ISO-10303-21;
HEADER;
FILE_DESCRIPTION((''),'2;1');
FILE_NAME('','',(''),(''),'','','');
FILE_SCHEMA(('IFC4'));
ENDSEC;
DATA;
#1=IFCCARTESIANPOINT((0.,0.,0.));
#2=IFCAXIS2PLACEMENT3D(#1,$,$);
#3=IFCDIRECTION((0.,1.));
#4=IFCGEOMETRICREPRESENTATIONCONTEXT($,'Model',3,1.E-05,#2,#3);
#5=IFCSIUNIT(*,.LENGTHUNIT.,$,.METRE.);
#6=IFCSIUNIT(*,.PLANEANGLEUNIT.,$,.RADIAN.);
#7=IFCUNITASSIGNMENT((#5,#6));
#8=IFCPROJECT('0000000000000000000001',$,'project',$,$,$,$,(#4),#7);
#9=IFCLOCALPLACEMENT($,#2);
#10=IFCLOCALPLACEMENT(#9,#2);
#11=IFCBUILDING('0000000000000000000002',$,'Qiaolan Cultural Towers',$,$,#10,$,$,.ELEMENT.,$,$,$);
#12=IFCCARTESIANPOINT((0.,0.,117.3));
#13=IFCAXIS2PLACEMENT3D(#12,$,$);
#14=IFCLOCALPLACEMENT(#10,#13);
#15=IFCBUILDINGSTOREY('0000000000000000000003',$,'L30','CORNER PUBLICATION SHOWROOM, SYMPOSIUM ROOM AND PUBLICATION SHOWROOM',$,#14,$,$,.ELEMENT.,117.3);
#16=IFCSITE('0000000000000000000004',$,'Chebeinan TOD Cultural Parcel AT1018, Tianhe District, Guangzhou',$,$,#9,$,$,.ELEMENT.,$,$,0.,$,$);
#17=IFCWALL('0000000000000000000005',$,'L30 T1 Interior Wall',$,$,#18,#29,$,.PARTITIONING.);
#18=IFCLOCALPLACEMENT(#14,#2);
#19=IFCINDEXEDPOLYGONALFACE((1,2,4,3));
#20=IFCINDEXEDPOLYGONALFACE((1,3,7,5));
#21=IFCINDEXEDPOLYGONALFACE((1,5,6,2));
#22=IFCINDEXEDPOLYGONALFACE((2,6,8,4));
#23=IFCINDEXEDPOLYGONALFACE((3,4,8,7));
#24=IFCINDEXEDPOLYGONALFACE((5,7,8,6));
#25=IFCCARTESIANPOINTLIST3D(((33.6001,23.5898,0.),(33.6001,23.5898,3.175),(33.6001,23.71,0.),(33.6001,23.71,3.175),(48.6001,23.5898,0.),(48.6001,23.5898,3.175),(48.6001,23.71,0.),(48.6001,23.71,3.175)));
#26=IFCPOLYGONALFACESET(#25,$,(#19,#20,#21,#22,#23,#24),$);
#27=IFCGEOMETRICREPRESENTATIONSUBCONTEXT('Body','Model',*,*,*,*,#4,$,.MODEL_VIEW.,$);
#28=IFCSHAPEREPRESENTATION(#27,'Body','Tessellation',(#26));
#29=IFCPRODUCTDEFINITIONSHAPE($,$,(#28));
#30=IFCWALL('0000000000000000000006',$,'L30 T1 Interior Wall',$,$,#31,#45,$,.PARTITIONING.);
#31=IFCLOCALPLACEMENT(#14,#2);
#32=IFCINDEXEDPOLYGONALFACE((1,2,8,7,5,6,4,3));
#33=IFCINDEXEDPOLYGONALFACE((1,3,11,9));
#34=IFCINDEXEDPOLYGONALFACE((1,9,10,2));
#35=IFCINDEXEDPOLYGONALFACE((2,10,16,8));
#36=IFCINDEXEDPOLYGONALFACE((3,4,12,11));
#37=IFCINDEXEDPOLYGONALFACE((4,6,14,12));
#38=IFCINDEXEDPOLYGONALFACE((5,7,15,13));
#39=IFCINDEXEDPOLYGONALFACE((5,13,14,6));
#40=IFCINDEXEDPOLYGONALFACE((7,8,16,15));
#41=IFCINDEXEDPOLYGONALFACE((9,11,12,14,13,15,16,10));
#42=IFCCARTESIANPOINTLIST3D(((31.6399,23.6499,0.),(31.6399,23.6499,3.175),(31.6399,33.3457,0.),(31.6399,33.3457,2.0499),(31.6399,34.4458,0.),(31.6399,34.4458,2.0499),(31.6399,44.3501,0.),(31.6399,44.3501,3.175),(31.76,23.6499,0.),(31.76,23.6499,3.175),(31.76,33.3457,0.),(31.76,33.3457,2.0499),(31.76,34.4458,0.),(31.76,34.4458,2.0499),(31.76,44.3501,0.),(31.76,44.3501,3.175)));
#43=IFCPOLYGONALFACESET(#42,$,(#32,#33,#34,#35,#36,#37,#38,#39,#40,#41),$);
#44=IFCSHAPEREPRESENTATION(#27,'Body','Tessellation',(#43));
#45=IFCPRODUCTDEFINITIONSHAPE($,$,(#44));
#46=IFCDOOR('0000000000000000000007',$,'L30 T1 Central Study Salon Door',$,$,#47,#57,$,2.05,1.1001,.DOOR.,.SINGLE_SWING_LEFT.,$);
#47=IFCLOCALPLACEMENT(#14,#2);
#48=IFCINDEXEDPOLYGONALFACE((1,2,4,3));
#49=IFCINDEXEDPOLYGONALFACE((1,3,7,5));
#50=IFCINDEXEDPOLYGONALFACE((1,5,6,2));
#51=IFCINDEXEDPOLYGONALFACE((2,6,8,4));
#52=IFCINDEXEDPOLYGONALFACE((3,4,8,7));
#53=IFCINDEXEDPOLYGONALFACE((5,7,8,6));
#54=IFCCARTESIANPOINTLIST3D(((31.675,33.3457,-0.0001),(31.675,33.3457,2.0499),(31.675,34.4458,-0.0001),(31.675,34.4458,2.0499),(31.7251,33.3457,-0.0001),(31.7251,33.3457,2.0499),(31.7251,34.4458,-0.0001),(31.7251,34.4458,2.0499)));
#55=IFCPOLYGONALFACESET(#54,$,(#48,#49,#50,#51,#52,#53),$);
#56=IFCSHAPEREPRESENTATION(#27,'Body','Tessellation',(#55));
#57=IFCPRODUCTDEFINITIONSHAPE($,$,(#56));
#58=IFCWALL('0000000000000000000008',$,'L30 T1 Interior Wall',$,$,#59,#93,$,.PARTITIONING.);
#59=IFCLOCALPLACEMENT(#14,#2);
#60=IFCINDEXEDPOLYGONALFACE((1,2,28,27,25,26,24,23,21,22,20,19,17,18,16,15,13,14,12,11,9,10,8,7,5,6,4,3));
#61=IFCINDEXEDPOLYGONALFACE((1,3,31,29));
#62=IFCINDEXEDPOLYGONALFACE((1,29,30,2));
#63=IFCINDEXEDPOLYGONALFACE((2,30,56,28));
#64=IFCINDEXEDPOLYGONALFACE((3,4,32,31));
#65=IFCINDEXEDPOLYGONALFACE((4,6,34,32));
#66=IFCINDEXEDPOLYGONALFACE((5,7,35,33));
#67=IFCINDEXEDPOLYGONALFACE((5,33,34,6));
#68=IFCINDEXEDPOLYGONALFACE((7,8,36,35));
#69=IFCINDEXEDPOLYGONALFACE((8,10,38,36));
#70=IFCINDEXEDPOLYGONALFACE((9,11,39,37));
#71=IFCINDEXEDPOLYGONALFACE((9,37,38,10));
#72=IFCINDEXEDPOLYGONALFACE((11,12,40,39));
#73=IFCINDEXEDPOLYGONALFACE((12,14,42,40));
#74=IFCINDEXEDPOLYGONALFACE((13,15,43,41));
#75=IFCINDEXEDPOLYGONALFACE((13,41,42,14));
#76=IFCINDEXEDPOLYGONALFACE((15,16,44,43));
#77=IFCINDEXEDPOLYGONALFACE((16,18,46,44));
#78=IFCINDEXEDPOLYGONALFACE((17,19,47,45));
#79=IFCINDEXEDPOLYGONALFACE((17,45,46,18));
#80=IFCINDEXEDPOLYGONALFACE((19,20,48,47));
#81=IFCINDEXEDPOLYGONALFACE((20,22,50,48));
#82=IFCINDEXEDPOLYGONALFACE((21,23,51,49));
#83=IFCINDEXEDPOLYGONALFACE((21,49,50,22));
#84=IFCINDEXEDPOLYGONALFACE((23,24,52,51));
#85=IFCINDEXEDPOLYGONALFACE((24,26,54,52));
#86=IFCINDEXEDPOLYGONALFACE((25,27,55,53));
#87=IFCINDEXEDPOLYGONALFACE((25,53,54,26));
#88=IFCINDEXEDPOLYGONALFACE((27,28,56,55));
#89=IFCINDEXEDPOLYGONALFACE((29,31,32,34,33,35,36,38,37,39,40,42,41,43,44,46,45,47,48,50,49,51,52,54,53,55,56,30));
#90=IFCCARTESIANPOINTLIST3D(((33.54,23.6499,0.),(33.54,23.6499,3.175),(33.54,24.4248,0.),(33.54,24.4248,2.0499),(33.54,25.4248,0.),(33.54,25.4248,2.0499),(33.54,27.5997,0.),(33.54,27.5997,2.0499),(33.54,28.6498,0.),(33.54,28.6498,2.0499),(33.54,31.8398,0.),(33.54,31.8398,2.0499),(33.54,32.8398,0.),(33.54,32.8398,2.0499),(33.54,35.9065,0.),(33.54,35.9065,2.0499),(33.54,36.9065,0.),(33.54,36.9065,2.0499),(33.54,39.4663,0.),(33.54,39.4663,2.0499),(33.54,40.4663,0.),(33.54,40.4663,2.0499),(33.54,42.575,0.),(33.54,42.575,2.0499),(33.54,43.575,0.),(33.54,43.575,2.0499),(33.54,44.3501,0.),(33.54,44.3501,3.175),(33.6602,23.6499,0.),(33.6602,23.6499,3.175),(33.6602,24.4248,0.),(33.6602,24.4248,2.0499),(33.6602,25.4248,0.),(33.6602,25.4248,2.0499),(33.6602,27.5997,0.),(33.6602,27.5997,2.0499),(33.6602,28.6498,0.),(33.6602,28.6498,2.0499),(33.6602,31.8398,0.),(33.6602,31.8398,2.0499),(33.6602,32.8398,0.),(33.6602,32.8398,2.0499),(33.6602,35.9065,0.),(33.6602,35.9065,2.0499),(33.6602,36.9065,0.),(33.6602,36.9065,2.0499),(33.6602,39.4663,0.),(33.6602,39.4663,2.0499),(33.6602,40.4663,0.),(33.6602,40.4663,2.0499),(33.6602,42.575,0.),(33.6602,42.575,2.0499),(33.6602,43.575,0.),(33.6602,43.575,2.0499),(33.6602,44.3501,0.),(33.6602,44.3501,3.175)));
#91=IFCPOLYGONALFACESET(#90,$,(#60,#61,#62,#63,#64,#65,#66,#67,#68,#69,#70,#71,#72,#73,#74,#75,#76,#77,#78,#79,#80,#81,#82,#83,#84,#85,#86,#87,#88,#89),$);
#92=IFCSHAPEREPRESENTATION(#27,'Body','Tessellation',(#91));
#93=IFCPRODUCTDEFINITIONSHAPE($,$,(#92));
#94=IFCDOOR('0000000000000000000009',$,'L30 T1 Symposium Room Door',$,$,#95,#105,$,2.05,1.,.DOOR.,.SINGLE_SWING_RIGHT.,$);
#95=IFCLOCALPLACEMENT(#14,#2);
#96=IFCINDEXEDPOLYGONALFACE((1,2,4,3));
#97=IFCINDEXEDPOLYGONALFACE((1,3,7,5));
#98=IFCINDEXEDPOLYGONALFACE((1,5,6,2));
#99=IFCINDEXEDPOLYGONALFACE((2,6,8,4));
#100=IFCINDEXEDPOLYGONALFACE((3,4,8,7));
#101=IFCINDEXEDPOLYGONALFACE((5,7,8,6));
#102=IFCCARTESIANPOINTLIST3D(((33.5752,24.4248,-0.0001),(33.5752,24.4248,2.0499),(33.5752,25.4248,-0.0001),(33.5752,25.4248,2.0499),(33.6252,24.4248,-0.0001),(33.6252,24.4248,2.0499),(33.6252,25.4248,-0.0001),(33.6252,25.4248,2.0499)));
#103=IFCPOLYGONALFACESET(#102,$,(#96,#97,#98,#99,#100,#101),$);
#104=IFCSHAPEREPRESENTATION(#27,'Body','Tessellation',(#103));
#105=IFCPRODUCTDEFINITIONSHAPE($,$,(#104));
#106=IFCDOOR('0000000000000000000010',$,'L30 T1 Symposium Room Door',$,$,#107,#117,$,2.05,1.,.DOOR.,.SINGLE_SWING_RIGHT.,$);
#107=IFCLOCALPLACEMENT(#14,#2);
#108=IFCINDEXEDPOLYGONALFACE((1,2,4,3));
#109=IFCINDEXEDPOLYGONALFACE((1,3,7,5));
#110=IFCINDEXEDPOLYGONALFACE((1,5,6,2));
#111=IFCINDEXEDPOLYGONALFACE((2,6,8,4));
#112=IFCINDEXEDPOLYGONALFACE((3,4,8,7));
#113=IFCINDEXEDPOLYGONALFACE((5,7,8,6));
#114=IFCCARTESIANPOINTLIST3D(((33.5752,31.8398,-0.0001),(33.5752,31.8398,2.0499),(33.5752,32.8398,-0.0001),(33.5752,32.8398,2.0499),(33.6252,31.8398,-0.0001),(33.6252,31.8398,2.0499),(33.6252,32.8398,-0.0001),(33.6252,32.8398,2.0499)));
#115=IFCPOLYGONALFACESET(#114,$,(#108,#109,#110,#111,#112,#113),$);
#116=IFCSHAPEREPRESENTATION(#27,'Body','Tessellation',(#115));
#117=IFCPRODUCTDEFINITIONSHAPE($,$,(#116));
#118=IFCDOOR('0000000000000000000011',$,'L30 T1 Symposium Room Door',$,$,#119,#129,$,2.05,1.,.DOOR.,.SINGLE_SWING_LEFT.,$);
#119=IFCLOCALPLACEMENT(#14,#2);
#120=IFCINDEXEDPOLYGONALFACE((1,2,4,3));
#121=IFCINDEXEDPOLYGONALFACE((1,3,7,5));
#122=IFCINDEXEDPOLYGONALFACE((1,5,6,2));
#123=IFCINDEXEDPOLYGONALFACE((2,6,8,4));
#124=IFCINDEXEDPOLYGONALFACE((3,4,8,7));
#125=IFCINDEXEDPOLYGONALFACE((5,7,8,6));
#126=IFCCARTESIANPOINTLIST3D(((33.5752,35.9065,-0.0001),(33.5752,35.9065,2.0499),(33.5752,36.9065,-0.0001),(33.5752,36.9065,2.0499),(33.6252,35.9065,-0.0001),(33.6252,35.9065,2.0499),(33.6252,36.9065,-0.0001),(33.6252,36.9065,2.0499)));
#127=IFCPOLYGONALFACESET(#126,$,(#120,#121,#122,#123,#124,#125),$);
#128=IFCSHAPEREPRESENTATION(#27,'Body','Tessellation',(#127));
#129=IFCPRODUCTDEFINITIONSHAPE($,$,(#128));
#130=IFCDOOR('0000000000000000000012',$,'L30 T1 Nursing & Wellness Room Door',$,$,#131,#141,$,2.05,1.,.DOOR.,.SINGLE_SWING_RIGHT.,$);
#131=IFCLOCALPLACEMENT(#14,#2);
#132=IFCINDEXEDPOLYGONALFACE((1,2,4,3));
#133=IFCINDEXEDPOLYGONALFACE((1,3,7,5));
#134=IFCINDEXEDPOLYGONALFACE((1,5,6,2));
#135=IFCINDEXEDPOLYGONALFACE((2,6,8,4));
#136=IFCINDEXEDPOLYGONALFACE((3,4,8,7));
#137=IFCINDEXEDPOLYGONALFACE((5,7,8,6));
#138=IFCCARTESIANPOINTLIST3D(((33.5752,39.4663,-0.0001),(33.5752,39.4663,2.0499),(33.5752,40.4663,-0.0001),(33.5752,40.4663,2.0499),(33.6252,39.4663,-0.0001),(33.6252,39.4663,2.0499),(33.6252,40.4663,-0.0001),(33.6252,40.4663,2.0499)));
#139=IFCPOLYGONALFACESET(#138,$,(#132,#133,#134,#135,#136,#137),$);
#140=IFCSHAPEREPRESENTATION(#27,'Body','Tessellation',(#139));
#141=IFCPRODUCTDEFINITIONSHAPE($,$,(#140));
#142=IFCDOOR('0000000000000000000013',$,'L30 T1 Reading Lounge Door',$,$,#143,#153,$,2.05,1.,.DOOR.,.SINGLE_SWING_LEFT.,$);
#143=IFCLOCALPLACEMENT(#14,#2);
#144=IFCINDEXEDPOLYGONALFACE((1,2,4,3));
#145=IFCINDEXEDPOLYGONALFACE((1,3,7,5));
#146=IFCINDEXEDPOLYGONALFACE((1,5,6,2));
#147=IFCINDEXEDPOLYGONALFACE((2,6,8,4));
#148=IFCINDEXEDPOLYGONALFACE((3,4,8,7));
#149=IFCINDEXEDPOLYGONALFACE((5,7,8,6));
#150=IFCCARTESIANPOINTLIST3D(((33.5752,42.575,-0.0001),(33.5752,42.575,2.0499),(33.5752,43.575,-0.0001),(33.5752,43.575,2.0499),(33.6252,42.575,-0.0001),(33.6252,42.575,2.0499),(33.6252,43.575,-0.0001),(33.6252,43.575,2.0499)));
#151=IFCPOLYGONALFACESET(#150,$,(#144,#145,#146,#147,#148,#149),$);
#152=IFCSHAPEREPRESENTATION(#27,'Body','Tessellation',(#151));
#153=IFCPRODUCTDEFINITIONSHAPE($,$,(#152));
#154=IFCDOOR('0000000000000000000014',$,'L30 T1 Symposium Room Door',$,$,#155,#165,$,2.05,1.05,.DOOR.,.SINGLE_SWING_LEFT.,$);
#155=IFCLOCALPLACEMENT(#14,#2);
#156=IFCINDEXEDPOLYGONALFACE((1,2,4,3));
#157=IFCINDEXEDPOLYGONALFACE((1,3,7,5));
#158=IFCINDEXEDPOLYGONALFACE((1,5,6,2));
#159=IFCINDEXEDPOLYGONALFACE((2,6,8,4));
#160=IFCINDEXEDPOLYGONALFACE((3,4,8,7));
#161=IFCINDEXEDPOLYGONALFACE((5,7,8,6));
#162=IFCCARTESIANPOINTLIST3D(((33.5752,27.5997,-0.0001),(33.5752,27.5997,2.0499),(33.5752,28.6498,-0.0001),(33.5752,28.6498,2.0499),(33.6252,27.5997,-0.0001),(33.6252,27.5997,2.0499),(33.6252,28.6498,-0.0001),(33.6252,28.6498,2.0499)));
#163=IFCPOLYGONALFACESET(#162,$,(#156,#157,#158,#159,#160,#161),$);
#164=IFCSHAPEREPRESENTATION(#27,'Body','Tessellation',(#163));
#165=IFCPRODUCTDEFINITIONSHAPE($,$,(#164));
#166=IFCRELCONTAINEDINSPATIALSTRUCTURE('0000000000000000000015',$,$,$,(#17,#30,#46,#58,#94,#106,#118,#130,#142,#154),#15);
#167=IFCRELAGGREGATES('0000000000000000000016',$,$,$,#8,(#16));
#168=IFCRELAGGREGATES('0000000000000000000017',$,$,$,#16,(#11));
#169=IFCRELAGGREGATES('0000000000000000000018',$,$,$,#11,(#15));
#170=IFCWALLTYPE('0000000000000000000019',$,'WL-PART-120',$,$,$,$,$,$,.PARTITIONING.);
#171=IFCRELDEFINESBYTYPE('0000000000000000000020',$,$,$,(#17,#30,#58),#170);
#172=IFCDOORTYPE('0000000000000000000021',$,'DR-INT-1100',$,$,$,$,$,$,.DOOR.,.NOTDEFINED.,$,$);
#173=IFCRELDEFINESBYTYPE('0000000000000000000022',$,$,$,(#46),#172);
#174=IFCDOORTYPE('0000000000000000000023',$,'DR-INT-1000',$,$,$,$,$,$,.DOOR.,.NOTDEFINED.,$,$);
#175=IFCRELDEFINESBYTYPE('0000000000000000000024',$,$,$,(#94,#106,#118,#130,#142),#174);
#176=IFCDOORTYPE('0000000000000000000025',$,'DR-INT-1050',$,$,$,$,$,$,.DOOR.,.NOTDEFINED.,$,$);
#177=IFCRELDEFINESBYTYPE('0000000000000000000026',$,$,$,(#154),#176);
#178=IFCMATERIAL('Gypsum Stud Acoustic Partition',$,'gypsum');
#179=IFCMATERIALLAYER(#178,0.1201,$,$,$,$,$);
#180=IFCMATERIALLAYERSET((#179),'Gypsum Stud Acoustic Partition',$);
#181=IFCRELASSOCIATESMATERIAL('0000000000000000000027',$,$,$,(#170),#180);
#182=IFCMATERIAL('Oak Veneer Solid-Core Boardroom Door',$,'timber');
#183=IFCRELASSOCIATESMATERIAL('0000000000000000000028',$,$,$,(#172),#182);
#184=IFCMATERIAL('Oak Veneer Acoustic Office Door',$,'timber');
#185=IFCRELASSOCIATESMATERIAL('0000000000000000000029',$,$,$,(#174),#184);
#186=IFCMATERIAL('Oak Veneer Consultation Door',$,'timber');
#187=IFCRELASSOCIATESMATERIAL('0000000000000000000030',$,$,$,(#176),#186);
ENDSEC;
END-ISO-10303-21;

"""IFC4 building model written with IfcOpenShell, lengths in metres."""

from ifc_helpers import new_model, si_unit, direction, frame, frame_2d, origin, place, context, subcontext, project, spatial, rectangle, extrude, material, layer, layer_set, type_object, element, fill, save


model = new_model("IFC4")

# Units and contexts
model_context = context("Model", 3, precision=1e-05, world=origin(), true_north=direction((0.0, 1.0)))
body_context = subcontext(model_context, "Body", "Model", "MODEL_VIEW")
ifc_project = project(units=[si_unit("LENGTHUNIT", "METRE"), si_unit("PLANEANGLEUNIT", "RADIAN")], contexts=[model_context])

# Site, building, storey
site_placement = place(None, origin())
site = spatial("IfcSite", under=ifc_project, at=site_placement, Name="Chebeinan TOD Cultural Parcel AT1018, Tianhe District, Guangzhou", CompositionType="ELEMENT", RefElevation=0.0)
building_placement = place(site_placement, origin())
building = spatial("IfcBuilding", under=site, at=building_placement, Name="Qiaolan Cultural Towers", CompositionType="ELEMENT")
storey_placement = place(building_placement, frame((0.0, 0.0, 117.3)))
storey = spatial("IfcBuildingStorey", under=building, at=storey_placement, Name="L30", Description="CORNER PUBLICATION SHOWROOM, SYMPOSIUM ROOM AND PUBLICATION SHOWROOM", CompositionType="ELEMENT", Elevation=117.3)

# Wall
ifc_material_1 = material(Name="Gypsum Stud Acoustic Partition", Category="gypsum")
ifc_layer_1 = layer(ifc_material_1, 0.1201)
ifc_layer_set_1 = layer_set([ifc_layer_1], Name="Gypsum Stud Acoustic Partition")
wall_type_1 = type_object("IfcWallType", Name="WL-PART-120", PredefinedType="PARTITIONING", material=ifc_layer_set_1)
wall_1_placement = place(storey_placement, frame((33.6001, 23.6499, 0.0), z_axis=(0.0, 0.0, 1.0), x_axis=(1.0, 0.0, 0.0)))
element("IfcWall", 1, at=wall_1_placement, inside=storey, type_object=wall_type_1, Name="L30 T1 Interior Wall", PredefinedType="PARTITIONING", context=body_context, shape_type="SweptSolid", body=[
    extrude(rectangle(XDim=15.0, YDim=0.1201, at=frame_2d((7.5, 0.0))), origin(), (0.0, 0.0, 1.0), 3.175),
])

# Wall, opening, door
wall_2_placement = place(storey_placement, frame((31.7, 23.6499, 0.0), z_axis=(0.0, 0.0, 1.0), x_axis=(0.0, 1.0, 0.0)))
wall_2 = element("IfcWall", 2, at=wall_2_placement, inside=storey, type_object=wall_type_1, Name="L30 T1 Interior Wall", PredefinedType="PARTITIONING", context=body_context, shape_type="SweptSolid", body=[
    extrude(rectangle(XDim=20.7002, YDim=0.1201, at=frame_2d((10.3501, 0.0))), origin(), (0.0, 0.0, 1.0), 3.175),
])
opening_1_placement = place(wall_2_placement, frame((9.6958, 0.0, 0.0)))
opening_1 = element("IfcOpeningElement", 3, at=opening_1_placement, cuts=wall_2, PredefinedType="OPENING", context=body_context, shape_type="SweptSolid", body=[
    extrude(rectangle(XDim=1.1001, YDim=2.05, at=frame_2d((0.55, 1.0249))), frame((0.0, 0.0701, 0.0), z_axis=(0.0, -1.0, 0.0), x_axis=(1.0, 0.0, 0.0)), (0.0, 0.0, 1.0), 0.1401),
])
ifc_material_2 = material(Name="Oak Veneer Solid-Core Boardroom Door", Category="timber")
door_type_1 = type_object("IfcDoorType", Name="DR-INT-1100", OperationType="NOTDEFINED", PredefinedType="DOOR", material=ifc_material_2)
door_1_placement = place(opening_1_placement, origin())
door_1 = element("IfcDoor", 4, at=door_1_placement, inside=storey, type_object=door_type_1, Name="L30 T1 Central Study Salon Door", OperationType="SINGLE_SWING_LEFT", OverallHeight=2.05, OverallWidth=1.1001, PredefinedType="DOOR", context=body_context, shape_type="SweptSolid", body=[
    extrude(rectangle(XDim=1.1001, YDim=2.05, at=frame_2d((0.55, 1.0249))), frame((0.0, 0.0249, 0.0), z_axis=(0.0, -1.0, 0.0), x_axis=(1.0, 0.0, 0.0)), (0.0, 0.0, 1.0), 0.05),
])
fill(opening_1, door_1)

# Wall, openings, doors
wall_3_placement = place(storey_placement, frame((33.6001, 23.6499, 0.0), z_axis=(0.0, 0.0, 1.0), x_axis=(0.0, 1.0, 0.0)))
wall_3 = element("IfcWall", 5, at=wall_3_placement, inside=storey, type_object=wall_type_1, Name="L30 T1 Interior Wall", PredefinedType="PARTITIONING", context=body_context, shape_type="SweptSolid", body=[
    extrude(rectangle(XDim=20.7002, YDim=0.1201, at=frame_2d((10.3501, 0.0))), origin(), (0.0, 0.0, 1.0), 3.175),
])
opening_2_placement = place(wall_3_placement, frame((0.7749, 0.0, 0.0)))
opening_2 = element("IfcOpeningElement", 6, at=opening_2_placement, cuts=wall_3, PredefinedType="OPENING", context=body_context, shape_type="SweptSolid", body=[
    extrude(rectangle(XDim=1.0, YDim=2.05, at=frame_2d((0.5, 1.0249))), frame((0.0, 0.0701, 0.0), z_axis=(0.0, -1.0, 0.0), x_axis=(1.0, 0.0, 0.0)), (0.0, 0.0, 1.0), 0.1401),
])
opening_3_placement = place(wall_3_placement, frame((3.95, 0.0, 0.0)))
opening_3 = element("IfcOpeningElement", 7, at=opening_3_placement, cuts=wall_3, PredefinedType="OPENING", context=body_context, shape_type="SweptSolid", body=[
    extrude(rectangle(XDim=1.05, YDim=2.05, at=frame_2d((0.5249, 1.0249))), frame((0.0, 0.0701, 0.0), z_axis=(0.0, -1.0, 0.0), x_axis=(1.0, 0.0, 0.0)), (0.0, 0.0, 1.0), 0.1401),
])
opening_4_placement = place(wall_3_placement, frame((8.1899, 0.0, 0.0)))
opening_4 = element("IfcOpeningElement", 8, at=opening_4_placement, cuts=wall_3, PredefinedType="OPENING", context=body_context, shape_type="SweptSolid", body=[
    extrude(rectangle(XDim=1.0, YDim=2.05, at=frame_2d((0.5, 1.0249))), frame((0.0, 0.0701, 0.0), z_axis=(0.0, -1.0, 0.0), x_axis=(1.0, 0.0, 0.0)), (0.0, 0.0, 1.0), 0.1401),
])
opening_5_placement = place(wall_3_placement, frame((12.2566, 0.0, 0.0)))
opening_5 = element("IfcOpeningElement", 9, at=opening_5_placement, cuts=wall_3, PredefinedType="OPENING", context=body_context, shape_type="SweptSolid", body=[
    extrude(rectangle(XDim=1.0, YDim=2.05, at=frame_2d((0.5, 1.0249))), frame((0.0, 0.0701, 0.0), z_axis=(0.0, -1.0, 0.0), x_axis=(1.0, 0.0, 0.0)), (0.0, 0.0, 1.0), 0.1401),
])
opening_6_placement = place(wall_3_placement, frame((15.8164, 0.0, 0.0)))
opening_6 = element("IfcOpeningElement", 10, at=opening_6_placement, cuts=wall_3, PredefinedType="OPENING", context=body_context, shape_type="SweptSolid", body=[
    extrude(rectangle(XDim=1.0, YDim=2.05, at=frame_2d((0.5, 1.0249))), frame((0.0, 0.0701, 0.0), z_axis=(0.0, -1.0, 0.0), x_axis=(1.0, 0.0, 0.0)), (0.0, 0.0, 1.0), 0.1401),
])
opening_7_placement = place(wall_3_placement, frame((18.925, 0.0, 0.0)))
opening_7 = element("IfcOpeningElement", 11, at=opening_7_placement, cuts=wall_3, PredefinedType="OPENING", context=body_context, shape_type="SweptSolid", body=[
    extrude(rectangle(XDim=1.0, YDim=2.05, at=frame_2d((0.5, 1.0249))), frame((0.0, 0.0701, 0.0), z_axis=(0.0, -1.0, 0.0), x_axis=(1.0, 0.0, 0.0)), (0.0, 0.0, 1.0), 0.1401),
])
ifc_material_3 = material(Name="Oak Veneer Acoustic Office Door", Category="timber")
door_type_2 = type_object("IfcDoorType", Name="DR-INT-1000", OperationType="NOTDEFINED", PredefinedType="DOOR", material=ifc_material_3)
door_2_placement = place(opening_2_placement, origin())
door_2 = element("IfcDoor", 12, at=door_2_placement, inside=storey, type_object=door_type_2, Name="L30 T1 Symposium Room Door", OperationType="SINGLE_SWING_RIGHT", OverallHeight=2.05, OverallWidth=1.0, PredefinedType="DOOR", context=body_context, shape_type="SweptSolid", body=[
    extrude(rectangle(XDim=1.0, YDim=2.05, at=frame_2d((0.5, 1.0249))), frame((0.0, 0.0249, 0.0), z_axis=(0.0, -1.0, 0.0), x_axis=(1.0, 0.0, 0.0)), (0.0, 0.0, 1.0), 0.05),
])
fill(opening_2, door_2)
door_3_placement = place(opening_4_placement, origin())
door_3 = element("IfcDoor", 13, at=door_3_placement, inside=storey, type_object=door_type_2, Name="L30 T1 Symposium Room Door", OperationType="SINGLE_SWING_RIGHT", OverallHeight=2.05, OverallWidth=1.0, PredefinedType="DOOR", context=body_context, shape_type="SweptSolid", body=[
    extrude(rectangle(XDim=1.0, YDim=2.05, at=frame_2d((0.5, 1.0249))), frame((0.0, 0.0249, 0.0), z_axis=(0.0, -1.0, 0.0), x_axis=(1.0, 0.0, 0.0)), (0.0, 0.0, 1.0), 0.05),
])
fill(opening_4, door_3)
door_4_placement = place(opening_5_placement, origin())
door_4 = element("IfcDoor", 14, at=door_4_placement, inside=storey, type_object=door_type_2, Name="L30 T1 Symposium Room Door", OperationType="SINGLE_SWING_LEFT", OverallHeight=2.05, OverallWidth=1.0, PredefinedType="DOOR", context=body_context, shape_type="SweptSolid", body=[
    extrude(rectangle(XDim=1.0, YDim=2.05, at=frame_2d((0.5, 1.0249))), frame((0.0, 0.0249, 0.0), z_axis=(0.0, -1.0, 0.0), x_axis=(1.0, 0.0, 0.0)), (0.0, 0.0, 1.0), 0.05),
])
fill(opening_5, door_4)
door_5_placement = place(opening_6_placement, origin())
door_5 = element("IfcDoor", 15, at=door_5_placement, inside=storey, type_object=door_type_2, Name="L30 T1 Nursing & Wellness Room Door", OperationType="SINGLE_SWING_RIGHT", OverallHeight=2.05, OverallWidth=1.0, PredefinedType="DOOR", context=body_context, shape_type="SweptSolid", body=[
    extrude(rectangle(XDim=1.0, YDim=2.05, at=frame_2d((0.5, 1.0249))), frame((0.0, 0.0249, 0.0), z_axis=(0.0, -1.0, 0.0), x_axis=(1.0, 0.0, 0.0)), (0.0, 0.0, 1.0), 0.05),
])
fill(opening_6, door_5)
door_6_placement = place(opening_7_placement, origin())
door_6 = element("IfcDoor", 16, at=door_6_placement, inside=storey, type_object=door_type_2, Name="L30 T1 Reading Lounge Door", OperationType="SINGLE_SWING_LEFT", OverallHeight=2.05, OverallWidth=1.0, PredefinedType="DOOR", context=body_context, shape_type="SweptSolid", body=[
    extrude(rectangle(XDim=1.0, YDim=2.05, at=frame_2d((0.5, 1.0249))), frame((0.0, 0.0249, 0.0), z_axis=(0.0, -1.0, 0.0), x_axis=(1.0, 0.0, 0.0)), (0.0, 0.0, 1.0), 0.05),
])
fill(opening_7, door_6)
ifc_material_4 = material(Name="Oak Veneer Consultation Door", Category="timber")
door_type_3 = type_object("IfcDoorType", Name="DR-INT-1050", OperationType="NOTDEFINED", PredefinedType="DOOR", material=ifc_material_4)
door_7_placement = place(opening_3_placement, origin())
door_7 = element("IfcDoor", 17, at=door_7_placement, inside=storey, type_object=door_type_3, Name="L30 T1 Symposium Room Door", OperationType="SINGLE_SWING_LEFT", OverallHeight=2.05, OverallWidth=1.05, PredefinedType="DOOR", context=body_context, shape_type="SweptSolid", body=[
    extrude(rectangle(XDim=1.05, YDim=2.05, at=frame_2d((0.5249, 1.0249))), frame((0.0, 0.0249, 0.0), z_axis=(0.0, -1.0, 0.0), x_axis=(1.0, 0.0, 0.0)), (0.0, 0.0, 1.0), 0.05),
])
fill(opening_3, door_7)

save(model, "model.ifc")
